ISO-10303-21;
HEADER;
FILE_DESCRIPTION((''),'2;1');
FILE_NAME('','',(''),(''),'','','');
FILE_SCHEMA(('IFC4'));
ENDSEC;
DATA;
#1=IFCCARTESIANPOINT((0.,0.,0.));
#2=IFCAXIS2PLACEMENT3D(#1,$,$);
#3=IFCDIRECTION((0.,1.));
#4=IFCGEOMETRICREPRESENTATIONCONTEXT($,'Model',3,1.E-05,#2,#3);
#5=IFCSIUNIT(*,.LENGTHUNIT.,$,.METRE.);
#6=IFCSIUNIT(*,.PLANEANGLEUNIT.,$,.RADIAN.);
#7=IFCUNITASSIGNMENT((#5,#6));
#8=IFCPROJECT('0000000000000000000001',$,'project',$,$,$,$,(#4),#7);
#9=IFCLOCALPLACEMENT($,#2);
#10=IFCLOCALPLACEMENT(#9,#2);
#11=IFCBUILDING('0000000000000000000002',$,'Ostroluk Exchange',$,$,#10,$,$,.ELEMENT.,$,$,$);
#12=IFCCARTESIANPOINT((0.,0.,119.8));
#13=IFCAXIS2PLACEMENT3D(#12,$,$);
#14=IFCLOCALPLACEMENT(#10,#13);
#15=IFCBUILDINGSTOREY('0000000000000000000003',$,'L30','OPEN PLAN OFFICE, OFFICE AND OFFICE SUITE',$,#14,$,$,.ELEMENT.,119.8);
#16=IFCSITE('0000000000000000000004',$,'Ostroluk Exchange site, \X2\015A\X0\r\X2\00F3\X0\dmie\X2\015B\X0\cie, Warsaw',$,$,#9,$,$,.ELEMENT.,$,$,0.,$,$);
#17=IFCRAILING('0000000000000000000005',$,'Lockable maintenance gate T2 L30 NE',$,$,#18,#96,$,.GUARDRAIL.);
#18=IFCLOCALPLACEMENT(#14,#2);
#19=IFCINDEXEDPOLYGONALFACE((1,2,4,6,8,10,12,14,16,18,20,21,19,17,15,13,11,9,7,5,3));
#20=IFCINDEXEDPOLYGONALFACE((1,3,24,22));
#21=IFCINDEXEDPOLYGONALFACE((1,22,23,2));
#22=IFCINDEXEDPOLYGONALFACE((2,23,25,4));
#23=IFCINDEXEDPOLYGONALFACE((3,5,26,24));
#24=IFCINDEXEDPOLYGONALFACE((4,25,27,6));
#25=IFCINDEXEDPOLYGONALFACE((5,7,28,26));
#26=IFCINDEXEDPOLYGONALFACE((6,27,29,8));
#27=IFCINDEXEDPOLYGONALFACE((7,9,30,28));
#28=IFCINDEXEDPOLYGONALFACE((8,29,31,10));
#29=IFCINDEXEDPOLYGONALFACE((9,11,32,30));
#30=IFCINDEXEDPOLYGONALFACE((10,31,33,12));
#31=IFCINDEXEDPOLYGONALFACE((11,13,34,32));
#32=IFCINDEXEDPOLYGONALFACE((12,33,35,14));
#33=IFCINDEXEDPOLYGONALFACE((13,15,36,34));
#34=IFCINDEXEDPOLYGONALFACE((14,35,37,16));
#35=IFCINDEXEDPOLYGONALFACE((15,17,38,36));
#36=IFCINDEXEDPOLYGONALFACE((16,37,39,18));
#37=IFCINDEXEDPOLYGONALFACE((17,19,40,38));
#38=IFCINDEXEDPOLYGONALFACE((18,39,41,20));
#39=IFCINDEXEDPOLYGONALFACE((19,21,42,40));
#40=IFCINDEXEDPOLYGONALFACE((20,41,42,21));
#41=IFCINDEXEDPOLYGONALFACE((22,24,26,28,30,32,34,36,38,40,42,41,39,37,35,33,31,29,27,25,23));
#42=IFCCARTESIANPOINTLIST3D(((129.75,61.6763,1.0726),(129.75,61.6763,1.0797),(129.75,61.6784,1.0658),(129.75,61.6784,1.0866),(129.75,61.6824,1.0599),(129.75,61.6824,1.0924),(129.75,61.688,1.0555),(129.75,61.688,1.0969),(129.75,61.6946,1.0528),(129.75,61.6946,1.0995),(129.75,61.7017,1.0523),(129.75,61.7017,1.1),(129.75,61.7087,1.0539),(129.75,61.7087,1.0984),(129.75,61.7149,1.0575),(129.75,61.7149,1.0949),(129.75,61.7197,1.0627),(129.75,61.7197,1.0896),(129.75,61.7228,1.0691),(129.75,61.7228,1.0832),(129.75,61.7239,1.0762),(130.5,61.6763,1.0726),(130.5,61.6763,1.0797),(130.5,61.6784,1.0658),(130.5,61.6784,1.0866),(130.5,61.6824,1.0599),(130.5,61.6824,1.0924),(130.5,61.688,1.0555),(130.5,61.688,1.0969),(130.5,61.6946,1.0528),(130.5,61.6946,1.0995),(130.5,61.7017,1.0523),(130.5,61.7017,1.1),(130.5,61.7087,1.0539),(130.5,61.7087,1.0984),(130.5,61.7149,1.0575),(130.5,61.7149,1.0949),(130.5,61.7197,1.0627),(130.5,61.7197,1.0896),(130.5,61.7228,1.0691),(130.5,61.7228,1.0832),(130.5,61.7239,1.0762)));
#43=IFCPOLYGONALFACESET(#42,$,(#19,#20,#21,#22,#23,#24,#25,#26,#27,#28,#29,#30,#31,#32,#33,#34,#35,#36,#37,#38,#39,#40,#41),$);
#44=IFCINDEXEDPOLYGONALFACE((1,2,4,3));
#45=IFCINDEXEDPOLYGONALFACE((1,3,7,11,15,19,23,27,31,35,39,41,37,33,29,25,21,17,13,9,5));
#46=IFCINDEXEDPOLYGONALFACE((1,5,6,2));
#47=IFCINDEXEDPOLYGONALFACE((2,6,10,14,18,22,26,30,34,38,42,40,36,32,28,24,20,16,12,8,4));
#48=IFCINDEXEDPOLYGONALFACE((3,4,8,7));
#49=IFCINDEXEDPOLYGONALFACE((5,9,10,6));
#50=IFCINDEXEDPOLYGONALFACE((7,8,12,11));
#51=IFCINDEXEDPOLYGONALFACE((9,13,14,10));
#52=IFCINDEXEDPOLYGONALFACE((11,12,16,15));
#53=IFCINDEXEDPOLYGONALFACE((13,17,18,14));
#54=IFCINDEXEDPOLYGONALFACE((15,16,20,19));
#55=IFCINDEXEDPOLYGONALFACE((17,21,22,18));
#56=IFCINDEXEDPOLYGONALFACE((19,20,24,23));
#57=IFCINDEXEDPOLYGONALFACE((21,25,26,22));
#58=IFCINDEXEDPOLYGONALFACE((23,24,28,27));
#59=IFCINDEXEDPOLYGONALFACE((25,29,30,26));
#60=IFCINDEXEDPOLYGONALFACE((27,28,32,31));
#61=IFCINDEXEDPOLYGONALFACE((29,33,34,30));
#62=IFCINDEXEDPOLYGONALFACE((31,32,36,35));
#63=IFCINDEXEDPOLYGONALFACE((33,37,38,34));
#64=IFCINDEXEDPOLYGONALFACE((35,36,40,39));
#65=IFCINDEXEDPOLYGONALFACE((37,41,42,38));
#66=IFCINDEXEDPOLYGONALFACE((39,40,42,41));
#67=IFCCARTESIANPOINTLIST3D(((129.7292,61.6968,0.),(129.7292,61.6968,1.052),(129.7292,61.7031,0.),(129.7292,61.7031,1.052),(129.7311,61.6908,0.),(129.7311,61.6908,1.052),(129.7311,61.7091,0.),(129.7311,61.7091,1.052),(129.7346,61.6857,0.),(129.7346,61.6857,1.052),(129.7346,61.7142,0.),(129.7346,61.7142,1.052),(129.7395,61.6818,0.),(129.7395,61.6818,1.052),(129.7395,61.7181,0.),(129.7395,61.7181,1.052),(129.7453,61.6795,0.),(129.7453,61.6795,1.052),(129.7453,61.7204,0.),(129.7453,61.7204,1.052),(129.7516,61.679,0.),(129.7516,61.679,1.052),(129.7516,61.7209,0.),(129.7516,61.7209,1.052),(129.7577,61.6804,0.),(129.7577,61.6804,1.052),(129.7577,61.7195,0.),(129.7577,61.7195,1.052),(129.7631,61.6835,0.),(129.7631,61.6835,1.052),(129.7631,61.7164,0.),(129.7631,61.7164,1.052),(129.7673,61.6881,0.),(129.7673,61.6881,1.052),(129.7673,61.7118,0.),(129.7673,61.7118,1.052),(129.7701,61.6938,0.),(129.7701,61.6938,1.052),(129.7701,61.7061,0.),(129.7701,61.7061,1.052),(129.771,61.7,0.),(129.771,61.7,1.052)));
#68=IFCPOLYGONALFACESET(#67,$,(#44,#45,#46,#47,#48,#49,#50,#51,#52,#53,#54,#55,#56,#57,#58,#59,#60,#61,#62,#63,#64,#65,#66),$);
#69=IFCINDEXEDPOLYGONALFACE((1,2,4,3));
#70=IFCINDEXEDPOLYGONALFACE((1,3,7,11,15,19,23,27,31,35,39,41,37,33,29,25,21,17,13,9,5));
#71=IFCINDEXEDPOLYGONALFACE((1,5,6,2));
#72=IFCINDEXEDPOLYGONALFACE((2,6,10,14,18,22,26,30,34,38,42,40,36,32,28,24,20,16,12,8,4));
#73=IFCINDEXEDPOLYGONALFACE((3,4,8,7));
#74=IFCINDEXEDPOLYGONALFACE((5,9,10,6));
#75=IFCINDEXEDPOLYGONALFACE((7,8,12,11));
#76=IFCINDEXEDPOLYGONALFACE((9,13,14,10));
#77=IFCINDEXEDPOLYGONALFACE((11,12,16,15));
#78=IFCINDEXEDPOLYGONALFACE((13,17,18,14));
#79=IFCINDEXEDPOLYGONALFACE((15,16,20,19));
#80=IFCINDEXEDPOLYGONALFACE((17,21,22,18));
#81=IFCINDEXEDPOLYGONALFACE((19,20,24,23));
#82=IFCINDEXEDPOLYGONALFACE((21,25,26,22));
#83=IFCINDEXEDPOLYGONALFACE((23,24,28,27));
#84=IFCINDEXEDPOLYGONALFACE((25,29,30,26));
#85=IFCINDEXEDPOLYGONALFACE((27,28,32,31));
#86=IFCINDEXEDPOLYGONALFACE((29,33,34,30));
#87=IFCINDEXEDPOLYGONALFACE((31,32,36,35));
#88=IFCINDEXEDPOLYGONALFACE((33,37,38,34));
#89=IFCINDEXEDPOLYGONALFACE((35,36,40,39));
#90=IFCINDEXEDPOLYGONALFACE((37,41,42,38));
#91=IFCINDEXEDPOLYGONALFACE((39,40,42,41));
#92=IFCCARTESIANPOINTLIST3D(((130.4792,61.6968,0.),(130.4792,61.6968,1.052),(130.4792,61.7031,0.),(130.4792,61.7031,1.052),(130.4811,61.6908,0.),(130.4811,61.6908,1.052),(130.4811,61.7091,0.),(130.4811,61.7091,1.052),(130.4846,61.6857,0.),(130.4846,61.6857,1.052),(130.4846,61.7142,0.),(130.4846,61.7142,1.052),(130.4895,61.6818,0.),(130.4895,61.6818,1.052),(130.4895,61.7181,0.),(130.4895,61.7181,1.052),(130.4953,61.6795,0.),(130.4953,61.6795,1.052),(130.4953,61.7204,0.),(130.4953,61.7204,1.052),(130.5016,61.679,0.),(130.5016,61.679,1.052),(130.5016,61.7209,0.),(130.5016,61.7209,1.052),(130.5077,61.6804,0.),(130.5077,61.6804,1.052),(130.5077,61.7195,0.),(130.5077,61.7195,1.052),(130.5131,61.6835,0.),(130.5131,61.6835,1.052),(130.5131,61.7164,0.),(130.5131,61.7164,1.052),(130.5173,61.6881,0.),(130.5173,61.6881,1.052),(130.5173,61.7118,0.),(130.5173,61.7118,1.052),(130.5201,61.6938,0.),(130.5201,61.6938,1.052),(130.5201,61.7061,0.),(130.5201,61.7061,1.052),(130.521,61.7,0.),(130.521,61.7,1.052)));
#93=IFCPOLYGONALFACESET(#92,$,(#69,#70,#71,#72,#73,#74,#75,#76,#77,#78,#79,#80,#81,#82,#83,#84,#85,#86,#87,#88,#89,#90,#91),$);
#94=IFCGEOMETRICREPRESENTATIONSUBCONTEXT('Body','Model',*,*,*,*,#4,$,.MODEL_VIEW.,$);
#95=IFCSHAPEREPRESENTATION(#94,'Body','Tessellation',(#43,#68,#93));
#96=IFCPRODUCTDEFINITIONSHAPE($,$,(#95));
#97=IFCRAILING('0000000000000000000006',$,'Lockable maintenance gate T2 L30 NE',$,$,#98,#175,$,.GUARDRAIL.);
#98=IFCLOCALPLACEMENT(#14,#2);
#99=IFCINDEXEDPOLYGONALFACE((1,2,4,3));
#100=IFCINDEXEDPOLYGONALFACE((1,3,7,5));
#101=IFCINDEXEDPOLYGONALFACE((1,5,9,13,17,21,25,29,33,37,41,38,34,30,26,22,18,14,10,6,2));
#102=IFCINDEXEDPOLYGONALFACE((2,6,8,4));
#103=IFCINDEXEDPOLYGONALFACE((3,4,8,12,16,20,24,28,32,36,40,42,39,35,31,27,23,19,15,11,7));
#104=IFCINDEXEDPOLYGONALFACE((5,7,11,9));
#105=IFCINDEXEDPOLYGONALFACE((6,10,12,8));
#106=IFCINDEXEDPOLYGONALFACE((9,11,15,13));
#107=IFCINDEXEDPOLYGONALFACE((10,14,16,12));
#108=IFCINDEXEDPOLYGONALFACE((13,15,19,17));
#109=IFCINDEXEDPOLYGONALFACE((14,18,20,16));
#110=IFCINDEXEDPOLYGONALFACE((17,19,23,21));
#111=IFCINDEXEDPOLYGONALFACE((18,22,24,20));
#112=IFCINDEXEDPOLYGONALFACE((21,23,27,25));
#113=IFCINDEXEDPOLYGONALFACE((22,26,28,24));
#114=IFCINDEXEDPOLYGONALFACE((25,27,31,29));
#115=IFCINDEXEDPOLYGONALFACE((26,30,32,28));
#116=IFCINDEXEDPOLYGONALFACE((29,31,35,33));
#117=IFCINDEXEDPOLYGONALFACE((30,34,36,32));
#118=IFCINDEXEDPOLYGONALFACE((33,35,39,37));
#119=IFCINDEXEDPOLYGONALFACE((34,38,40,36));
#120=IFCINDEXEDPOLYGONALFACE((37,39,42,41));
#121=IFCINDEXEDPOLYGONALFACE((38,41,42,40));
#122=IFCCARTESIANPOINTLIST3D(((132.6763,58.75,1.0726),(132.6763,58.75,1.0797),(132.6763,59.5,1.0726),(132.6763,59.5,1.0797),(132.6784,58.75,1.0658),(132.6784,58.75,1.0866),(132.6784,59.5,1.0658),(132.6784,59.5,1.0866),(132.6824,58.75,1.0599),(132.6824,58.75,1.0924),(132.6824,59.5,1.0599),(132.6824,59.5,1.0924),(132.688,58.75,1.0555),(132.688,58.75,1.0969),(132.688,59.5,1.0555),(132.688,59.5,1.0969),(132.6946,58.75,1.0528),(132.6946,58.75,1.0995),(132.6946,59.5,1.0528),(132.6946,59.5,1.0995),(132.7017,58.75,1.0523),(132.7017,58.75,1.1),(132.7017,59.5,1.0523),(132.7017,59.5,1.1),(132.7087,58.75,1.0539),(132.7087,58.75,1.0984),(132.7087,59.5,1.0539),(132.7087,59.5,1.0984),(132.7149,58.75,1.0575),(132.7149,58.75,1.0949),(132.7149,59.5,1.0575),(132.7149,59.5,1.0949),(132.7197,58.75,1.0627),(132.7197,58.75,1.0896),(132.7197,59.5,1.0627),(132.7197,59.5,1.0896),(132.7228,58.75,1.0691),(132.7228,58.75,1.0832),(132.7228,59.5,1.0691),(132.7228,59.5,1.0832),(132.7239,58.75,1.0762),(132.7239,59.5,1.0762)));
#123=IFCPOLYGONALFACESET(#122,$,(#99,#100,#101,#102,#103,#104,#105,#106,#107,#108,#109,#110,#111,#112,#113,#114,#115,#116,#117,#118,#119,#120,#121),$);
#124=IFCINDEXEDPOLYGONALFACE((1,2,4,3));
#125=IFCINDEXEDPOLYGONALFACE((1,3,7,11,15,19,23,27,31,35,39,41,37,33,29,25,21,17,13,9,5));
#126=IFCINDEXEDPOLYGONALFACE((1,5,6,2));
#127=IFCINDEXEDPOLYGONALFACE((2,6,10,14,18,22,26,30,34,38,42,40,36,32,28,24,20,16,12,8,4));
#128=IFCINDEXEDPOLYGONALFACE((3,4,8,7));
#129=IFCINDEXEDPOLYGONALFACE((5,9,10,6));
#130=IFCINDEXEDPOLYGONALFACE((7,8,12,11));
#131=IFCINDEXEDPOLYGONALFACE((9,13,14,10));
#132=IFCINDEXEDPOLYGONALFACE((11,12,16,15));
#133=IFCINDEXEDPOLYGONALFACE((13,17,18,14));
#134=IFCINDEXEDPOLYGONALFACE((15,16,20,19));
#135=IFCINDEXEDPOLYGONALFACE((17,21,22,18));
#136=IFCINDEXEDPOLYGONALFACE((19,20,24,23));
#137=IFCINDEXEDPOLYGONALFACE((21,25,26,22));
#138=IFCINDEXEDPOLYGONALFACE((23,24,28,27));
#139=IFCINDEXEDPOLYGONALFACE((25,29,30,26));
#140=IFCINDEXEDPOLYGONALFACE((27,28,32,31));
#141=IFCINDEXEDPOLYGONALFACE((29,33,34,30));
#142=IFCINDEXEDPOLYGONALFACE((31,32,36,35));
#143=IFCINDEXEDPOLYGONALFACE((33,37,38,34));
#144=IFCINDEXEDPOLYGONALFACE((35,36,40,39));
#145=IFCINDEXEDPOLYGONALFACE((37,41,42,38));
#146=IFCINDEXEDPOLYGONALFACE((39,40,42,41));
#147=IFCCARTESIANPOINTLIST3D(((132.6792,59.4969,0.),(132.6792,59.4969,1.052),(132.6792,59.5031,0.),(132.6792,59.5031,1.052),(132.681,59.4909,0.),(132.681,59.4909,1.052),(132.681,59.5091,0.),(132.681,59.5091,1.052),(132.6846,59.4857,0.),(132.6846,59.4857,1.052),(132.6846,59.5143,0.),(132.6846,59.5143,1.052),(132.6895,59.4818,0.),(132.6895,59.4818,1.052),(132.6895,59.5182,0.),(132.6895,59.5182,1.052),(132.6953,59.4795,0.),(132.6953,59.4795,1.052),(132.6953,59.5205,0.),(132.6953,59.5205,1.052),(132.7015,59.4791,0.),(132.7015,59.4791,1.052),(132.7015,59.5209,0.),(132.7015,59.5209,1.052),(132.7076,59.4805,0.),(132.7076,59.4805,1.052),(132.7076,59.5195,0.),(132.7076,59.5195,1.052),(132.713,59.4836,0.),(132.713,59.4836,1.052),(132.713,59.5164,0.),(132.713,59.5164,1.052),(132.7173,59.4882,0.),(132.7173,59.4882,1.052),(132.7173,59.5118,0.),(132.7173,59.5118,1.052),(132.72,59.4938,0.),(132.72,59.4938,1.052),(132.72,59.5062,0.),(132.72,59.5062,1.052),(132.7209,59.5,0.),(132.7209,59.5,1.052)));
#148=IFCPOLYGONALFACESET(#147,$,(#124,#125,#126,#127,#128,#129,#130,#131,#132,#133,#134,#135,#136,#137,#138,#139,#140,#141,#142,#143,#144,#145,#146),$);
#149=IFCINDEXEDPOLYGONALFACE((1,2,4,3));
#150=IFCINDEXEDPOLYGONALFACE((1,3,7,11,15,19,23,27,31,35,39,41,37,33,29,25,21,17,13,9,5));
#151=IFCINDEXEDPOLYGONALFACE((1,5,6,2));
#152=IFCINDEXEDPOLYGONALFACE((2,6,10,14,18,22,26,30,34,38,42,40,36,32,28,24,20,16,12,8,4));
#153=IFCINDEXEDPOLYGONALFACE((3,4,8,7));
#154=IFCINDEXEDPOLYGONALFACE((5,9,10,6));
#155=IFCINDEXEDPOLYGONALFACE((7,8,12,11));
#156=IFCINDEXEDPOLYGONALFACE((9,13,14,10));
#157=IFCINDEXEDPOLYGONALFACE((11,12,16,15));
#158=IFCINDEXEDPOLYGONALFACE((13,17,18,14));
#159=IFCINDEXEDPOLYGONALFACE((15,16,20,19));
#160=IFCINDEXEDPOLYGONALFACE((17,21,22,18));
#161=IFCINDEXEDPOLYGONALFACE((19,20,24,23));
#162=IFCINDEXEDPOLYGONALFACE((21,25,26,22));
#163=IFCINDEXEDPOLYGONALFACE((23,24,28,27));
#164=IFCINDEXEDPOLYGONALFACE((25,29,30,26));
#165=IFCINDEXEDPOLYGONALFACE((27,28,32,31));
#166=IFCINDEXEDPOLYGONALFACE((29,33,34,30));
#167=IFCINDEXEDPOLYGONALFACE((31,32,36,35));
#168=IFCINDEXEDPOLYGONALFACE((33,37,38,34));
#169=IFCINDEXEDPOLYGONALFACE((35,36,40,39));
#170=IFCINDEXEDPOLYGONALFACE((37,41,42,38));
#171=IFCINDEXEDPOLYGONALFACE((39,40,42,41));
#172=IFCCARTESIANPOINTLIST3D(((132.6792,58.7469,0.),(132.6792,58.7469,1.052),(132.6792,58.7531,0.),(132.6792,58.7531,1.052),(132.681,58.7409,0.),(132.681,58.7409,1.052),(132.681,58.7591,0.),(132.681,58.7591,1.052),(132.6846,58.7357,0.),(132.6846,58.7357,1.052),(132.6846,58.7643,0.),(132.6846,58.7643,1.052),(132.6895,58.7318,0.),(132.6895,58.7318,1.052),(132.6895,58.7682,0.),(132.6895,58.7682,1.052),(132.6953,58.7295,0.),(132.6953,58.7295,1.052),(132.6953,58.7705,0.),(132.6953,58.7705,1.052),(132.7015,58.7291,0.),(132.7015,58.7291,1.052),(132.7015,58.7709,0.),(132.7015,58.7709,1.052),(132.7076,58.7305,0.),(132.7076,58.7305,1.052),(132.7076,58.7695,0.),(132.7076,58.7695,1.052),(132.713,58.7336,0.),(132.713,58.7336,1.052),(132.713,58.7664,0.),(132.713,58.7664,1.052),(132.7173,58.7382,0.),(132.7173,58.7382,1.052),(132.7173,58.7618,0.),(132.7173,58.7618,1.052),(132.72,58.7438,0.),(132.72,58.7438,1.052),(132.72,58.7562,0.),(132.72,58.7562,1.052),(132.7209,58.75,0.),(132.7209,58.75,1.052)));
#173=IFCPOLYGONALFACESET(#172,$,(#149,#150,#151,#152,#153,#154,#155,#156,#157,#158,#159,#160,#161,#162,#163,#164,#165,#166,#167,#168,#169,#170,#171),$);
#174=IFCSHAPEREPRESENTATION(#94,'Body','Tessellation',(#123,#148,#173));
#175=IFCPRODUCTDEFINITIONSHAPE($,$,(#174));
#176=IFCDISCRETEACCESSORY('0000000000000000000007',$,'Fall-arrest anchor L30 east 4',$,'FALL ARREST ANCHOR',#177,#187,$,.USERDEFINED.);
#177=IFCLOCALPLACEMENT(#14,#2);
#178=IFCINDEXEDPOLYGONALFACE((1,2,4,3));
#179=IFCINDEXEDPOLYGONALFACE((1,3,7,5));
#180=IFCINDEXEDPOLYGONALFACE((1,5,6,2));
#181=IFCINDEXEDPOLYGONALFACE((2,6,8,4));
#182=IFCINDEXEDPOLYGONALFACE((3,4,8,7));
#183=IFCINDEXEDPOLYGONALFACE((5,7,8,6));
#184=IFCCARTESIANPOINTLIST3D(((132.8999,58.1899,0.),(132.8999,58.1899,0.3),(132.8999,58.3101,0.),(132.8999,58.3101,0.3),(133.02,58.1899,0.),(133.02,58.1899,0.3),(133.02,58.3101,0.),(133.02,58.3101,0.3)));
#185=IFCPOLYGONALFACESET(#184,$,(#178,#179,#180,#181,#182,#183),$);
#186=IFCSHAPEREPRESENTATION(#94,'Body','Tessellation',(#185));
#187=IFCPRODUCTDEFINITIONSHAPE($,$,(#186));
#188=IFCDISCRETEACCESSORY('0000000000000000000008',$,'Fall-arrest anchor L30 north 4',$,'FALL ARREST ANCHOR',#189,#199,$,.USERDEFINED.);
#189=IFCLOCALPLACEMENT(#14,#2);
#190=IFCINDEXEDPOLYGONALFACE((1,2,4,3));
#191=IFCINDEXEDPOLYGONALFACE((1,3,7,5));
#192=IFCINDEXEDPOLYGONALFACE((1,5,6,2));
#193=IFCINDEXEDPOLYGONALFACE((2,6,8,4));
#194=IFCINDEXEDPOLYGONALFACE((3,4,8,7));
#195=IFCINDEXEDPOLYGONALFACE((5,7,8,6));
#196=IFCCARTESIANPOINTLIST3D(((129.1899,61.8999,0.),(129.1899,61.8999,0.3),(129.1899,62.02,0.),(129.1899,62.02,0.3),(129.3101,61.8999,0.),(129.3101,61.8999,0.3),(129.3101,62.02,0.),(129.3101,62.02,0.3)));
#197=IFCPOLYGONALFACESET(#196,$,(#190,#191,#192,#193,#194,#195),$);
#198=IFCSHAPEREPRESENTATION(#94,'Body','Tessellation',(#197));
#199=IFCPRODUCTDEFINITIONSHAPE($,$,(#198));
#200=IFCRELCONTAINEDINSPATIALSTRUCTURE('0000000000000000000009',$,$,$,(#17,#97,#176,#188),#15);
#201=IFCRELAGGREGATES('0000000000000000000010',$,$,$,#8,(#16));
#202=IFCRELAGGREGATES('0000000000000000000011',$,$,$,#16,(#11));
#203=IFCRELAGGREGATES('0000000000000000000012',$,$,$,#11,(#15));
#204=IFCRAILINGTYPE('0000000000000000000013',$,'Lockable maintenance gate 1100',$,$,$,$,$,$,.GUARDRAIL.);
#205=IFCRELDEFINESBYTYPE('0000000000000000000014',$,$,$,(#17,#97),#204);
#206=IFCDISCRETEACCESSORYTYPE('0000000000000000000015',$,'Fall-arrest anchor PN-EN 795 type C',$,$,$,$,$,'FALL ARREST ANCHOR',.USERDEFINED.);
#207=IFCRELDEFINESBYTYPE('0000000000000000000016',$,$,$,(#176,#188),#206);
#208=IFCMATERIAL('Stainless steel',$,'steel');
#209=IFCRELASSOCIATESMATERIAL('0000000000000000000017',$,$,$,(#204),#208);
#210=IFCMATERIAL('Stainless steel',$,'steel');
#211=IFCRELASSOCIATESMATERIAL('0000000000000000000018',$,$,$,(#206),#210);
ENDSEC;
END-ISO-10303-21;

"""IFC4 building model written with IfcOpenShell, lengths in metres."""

from ifc_helpers import new_model, si_unit, direction, frame, origin, origin_2d, place, context, subcontext, project, spatial, rectangle, circle, extrude, material, type_object, element, save


model = new_model("IFC4")

# Units and contexts
model_context = context("Model", 3, precision=1e-05, world=origin(), true_north=direction((0.0, 1.0)))
body_context = subcontext(model_context, "Body", "Model", "MODEL_VIEW")
ifc_project = project(units=[si_unit("LENGTHUNIT", "METRE"), si_unit("PLANEANGLEUNIT", "RADIAN")], contexts=[model_context])

# Site, building, storey
site_placement = place(None, origin())
site = spatial("IfcSite", under=ifc_project, at=site_placement, Name="Ostroluk Exchange site, Śródmieście, Warsaw", CompositionType="ELEMENT", RefElevation=0.0)
building_placement = place(site_placement, origin())
building = spatial("IfcBuilding", under=site, at=building_placement, Name="Ostroluk Exchange", CompositionType="ELEMENT")
storey_placement = place(building_placement, frame((0.0, 0.0, 119.8)))
storey = spatial("IfcBuildingStorey", under=building, at=storey_placement, Name="L30", Description="OPEN PLAN OFFICE, OFFICE AND OFFICE SUITE", CompositionType="ELEMENT", Elevation=119.8)

# Railings
ifc_material_1 = material(Name="Stainless steel", Category="steel")
railing_type_1 = type_object("IfcRailingType", Name="Lockable maintenance gate 1100", PredefinedType="GUARDRAIL", material=ifc_material_1)
railing_1_placement = place(storey_placement, frame((129.75, 61.7, 0.0)))
element("IfcRailing", 1, at=railing_1_placement, inside=storey, type_object=railing_type_1, Name="Lockable maintenance gate T2 L30 NE", PredefinedType="GUARDRAIL", context=body_context, shape_type="SweptSolid", body=[
    extrude(circle(Radius=0.0239, at=origin_2d()), frame((0.0, 0.0, 1.0762), z_axis=(1.0, 0.0, 0.0), x_axis=(0.0, 1.0, 0.0)), (0.0, 0.0, 1.0), 0.75),
    extrude(circle(Radius=0.021, at=origin_2d()), origin(), (0.0, 0.0, 1.0), 1.052),
    extrude(circle(Radius=0.021, at=origin_2d()), frame((0.75, 0.0, 0.0)), (0.0, 0.0, 1.0), 1.052),
])
railing_2_placement = place(storey_placement, frame((132.7, 59.5, 0.0)))
element("IfcRailing", 2, at=railing_2_placement, inside=storey, type_object=railing_type_1, Name="Lockable maintenance gate T2 L30 NE", PredefinedType="GUARDRAIL", context=body_context, shape_type="SweptSolid", body=[
    extrude(circle(Radius=0.0239, at=origin_2d()), frame((0.0, 0.0, 1.0762), z_axis=(0.0, -1.0, 0.0), x_axis=(1.0, 0.0, 0.0)), (0.0, 0.0, 1.0), 0.75),
    extrude(circle(Radius=0.021, at=origin_2d()), origin(), (0.0, 0.0, 1.0), 1.052),
    extrude(circle(Radius=0.021, at=origin_2d()), frame((0.0, -0.75, 0.0)), (0.0, 0.0, 1.0), 1.052),
])

# Discrete accessories
ifc_material_2 = material(Name="Stainless steel", Category="steel")
discrete_accessory_type = type_object("IfcDiscreteAccessoryType", Name="Fall-arrest anchor PN-EN 795 type C", ElementType="FALL ARREST ANCHOR", PredefinedType="USERDEFINED", material=ifc_material_2)
for number, where, z_axis, x_axis, name in (
    (3, (132.96, 58.25, 0.0), (0.0, 0.0, 1.0), (1.0, 0.0, 0.0), "Fall-arrest anchor L30 east 4"),
    (4, (129.25, 61.96, 0.0), (0.0, 0.0, 1.0), (1.0, 0.0, 0.0), "Fall-arrest anchor L30 north 4"),
):
    element("IfcDiscreteAccessory", number, at=place(storey_placement, frame(where, z_axis=z_axis, x_axis=x_axis)), inside=storey, type_object=discrete_accessory_type, Name=name, ObjectType="FALL ARREST ANCHOR", PredefinedType="USERDEFINED", context=body_context, shape_type="SweptSolid", body=[
        extrude(rectangle(XDim=0.1201, YDim=0.1201, at=origin_2d()), origin(), (0.0, 0.0, 1.0), 0.3),
    ])

save(model, "model.ifc")
